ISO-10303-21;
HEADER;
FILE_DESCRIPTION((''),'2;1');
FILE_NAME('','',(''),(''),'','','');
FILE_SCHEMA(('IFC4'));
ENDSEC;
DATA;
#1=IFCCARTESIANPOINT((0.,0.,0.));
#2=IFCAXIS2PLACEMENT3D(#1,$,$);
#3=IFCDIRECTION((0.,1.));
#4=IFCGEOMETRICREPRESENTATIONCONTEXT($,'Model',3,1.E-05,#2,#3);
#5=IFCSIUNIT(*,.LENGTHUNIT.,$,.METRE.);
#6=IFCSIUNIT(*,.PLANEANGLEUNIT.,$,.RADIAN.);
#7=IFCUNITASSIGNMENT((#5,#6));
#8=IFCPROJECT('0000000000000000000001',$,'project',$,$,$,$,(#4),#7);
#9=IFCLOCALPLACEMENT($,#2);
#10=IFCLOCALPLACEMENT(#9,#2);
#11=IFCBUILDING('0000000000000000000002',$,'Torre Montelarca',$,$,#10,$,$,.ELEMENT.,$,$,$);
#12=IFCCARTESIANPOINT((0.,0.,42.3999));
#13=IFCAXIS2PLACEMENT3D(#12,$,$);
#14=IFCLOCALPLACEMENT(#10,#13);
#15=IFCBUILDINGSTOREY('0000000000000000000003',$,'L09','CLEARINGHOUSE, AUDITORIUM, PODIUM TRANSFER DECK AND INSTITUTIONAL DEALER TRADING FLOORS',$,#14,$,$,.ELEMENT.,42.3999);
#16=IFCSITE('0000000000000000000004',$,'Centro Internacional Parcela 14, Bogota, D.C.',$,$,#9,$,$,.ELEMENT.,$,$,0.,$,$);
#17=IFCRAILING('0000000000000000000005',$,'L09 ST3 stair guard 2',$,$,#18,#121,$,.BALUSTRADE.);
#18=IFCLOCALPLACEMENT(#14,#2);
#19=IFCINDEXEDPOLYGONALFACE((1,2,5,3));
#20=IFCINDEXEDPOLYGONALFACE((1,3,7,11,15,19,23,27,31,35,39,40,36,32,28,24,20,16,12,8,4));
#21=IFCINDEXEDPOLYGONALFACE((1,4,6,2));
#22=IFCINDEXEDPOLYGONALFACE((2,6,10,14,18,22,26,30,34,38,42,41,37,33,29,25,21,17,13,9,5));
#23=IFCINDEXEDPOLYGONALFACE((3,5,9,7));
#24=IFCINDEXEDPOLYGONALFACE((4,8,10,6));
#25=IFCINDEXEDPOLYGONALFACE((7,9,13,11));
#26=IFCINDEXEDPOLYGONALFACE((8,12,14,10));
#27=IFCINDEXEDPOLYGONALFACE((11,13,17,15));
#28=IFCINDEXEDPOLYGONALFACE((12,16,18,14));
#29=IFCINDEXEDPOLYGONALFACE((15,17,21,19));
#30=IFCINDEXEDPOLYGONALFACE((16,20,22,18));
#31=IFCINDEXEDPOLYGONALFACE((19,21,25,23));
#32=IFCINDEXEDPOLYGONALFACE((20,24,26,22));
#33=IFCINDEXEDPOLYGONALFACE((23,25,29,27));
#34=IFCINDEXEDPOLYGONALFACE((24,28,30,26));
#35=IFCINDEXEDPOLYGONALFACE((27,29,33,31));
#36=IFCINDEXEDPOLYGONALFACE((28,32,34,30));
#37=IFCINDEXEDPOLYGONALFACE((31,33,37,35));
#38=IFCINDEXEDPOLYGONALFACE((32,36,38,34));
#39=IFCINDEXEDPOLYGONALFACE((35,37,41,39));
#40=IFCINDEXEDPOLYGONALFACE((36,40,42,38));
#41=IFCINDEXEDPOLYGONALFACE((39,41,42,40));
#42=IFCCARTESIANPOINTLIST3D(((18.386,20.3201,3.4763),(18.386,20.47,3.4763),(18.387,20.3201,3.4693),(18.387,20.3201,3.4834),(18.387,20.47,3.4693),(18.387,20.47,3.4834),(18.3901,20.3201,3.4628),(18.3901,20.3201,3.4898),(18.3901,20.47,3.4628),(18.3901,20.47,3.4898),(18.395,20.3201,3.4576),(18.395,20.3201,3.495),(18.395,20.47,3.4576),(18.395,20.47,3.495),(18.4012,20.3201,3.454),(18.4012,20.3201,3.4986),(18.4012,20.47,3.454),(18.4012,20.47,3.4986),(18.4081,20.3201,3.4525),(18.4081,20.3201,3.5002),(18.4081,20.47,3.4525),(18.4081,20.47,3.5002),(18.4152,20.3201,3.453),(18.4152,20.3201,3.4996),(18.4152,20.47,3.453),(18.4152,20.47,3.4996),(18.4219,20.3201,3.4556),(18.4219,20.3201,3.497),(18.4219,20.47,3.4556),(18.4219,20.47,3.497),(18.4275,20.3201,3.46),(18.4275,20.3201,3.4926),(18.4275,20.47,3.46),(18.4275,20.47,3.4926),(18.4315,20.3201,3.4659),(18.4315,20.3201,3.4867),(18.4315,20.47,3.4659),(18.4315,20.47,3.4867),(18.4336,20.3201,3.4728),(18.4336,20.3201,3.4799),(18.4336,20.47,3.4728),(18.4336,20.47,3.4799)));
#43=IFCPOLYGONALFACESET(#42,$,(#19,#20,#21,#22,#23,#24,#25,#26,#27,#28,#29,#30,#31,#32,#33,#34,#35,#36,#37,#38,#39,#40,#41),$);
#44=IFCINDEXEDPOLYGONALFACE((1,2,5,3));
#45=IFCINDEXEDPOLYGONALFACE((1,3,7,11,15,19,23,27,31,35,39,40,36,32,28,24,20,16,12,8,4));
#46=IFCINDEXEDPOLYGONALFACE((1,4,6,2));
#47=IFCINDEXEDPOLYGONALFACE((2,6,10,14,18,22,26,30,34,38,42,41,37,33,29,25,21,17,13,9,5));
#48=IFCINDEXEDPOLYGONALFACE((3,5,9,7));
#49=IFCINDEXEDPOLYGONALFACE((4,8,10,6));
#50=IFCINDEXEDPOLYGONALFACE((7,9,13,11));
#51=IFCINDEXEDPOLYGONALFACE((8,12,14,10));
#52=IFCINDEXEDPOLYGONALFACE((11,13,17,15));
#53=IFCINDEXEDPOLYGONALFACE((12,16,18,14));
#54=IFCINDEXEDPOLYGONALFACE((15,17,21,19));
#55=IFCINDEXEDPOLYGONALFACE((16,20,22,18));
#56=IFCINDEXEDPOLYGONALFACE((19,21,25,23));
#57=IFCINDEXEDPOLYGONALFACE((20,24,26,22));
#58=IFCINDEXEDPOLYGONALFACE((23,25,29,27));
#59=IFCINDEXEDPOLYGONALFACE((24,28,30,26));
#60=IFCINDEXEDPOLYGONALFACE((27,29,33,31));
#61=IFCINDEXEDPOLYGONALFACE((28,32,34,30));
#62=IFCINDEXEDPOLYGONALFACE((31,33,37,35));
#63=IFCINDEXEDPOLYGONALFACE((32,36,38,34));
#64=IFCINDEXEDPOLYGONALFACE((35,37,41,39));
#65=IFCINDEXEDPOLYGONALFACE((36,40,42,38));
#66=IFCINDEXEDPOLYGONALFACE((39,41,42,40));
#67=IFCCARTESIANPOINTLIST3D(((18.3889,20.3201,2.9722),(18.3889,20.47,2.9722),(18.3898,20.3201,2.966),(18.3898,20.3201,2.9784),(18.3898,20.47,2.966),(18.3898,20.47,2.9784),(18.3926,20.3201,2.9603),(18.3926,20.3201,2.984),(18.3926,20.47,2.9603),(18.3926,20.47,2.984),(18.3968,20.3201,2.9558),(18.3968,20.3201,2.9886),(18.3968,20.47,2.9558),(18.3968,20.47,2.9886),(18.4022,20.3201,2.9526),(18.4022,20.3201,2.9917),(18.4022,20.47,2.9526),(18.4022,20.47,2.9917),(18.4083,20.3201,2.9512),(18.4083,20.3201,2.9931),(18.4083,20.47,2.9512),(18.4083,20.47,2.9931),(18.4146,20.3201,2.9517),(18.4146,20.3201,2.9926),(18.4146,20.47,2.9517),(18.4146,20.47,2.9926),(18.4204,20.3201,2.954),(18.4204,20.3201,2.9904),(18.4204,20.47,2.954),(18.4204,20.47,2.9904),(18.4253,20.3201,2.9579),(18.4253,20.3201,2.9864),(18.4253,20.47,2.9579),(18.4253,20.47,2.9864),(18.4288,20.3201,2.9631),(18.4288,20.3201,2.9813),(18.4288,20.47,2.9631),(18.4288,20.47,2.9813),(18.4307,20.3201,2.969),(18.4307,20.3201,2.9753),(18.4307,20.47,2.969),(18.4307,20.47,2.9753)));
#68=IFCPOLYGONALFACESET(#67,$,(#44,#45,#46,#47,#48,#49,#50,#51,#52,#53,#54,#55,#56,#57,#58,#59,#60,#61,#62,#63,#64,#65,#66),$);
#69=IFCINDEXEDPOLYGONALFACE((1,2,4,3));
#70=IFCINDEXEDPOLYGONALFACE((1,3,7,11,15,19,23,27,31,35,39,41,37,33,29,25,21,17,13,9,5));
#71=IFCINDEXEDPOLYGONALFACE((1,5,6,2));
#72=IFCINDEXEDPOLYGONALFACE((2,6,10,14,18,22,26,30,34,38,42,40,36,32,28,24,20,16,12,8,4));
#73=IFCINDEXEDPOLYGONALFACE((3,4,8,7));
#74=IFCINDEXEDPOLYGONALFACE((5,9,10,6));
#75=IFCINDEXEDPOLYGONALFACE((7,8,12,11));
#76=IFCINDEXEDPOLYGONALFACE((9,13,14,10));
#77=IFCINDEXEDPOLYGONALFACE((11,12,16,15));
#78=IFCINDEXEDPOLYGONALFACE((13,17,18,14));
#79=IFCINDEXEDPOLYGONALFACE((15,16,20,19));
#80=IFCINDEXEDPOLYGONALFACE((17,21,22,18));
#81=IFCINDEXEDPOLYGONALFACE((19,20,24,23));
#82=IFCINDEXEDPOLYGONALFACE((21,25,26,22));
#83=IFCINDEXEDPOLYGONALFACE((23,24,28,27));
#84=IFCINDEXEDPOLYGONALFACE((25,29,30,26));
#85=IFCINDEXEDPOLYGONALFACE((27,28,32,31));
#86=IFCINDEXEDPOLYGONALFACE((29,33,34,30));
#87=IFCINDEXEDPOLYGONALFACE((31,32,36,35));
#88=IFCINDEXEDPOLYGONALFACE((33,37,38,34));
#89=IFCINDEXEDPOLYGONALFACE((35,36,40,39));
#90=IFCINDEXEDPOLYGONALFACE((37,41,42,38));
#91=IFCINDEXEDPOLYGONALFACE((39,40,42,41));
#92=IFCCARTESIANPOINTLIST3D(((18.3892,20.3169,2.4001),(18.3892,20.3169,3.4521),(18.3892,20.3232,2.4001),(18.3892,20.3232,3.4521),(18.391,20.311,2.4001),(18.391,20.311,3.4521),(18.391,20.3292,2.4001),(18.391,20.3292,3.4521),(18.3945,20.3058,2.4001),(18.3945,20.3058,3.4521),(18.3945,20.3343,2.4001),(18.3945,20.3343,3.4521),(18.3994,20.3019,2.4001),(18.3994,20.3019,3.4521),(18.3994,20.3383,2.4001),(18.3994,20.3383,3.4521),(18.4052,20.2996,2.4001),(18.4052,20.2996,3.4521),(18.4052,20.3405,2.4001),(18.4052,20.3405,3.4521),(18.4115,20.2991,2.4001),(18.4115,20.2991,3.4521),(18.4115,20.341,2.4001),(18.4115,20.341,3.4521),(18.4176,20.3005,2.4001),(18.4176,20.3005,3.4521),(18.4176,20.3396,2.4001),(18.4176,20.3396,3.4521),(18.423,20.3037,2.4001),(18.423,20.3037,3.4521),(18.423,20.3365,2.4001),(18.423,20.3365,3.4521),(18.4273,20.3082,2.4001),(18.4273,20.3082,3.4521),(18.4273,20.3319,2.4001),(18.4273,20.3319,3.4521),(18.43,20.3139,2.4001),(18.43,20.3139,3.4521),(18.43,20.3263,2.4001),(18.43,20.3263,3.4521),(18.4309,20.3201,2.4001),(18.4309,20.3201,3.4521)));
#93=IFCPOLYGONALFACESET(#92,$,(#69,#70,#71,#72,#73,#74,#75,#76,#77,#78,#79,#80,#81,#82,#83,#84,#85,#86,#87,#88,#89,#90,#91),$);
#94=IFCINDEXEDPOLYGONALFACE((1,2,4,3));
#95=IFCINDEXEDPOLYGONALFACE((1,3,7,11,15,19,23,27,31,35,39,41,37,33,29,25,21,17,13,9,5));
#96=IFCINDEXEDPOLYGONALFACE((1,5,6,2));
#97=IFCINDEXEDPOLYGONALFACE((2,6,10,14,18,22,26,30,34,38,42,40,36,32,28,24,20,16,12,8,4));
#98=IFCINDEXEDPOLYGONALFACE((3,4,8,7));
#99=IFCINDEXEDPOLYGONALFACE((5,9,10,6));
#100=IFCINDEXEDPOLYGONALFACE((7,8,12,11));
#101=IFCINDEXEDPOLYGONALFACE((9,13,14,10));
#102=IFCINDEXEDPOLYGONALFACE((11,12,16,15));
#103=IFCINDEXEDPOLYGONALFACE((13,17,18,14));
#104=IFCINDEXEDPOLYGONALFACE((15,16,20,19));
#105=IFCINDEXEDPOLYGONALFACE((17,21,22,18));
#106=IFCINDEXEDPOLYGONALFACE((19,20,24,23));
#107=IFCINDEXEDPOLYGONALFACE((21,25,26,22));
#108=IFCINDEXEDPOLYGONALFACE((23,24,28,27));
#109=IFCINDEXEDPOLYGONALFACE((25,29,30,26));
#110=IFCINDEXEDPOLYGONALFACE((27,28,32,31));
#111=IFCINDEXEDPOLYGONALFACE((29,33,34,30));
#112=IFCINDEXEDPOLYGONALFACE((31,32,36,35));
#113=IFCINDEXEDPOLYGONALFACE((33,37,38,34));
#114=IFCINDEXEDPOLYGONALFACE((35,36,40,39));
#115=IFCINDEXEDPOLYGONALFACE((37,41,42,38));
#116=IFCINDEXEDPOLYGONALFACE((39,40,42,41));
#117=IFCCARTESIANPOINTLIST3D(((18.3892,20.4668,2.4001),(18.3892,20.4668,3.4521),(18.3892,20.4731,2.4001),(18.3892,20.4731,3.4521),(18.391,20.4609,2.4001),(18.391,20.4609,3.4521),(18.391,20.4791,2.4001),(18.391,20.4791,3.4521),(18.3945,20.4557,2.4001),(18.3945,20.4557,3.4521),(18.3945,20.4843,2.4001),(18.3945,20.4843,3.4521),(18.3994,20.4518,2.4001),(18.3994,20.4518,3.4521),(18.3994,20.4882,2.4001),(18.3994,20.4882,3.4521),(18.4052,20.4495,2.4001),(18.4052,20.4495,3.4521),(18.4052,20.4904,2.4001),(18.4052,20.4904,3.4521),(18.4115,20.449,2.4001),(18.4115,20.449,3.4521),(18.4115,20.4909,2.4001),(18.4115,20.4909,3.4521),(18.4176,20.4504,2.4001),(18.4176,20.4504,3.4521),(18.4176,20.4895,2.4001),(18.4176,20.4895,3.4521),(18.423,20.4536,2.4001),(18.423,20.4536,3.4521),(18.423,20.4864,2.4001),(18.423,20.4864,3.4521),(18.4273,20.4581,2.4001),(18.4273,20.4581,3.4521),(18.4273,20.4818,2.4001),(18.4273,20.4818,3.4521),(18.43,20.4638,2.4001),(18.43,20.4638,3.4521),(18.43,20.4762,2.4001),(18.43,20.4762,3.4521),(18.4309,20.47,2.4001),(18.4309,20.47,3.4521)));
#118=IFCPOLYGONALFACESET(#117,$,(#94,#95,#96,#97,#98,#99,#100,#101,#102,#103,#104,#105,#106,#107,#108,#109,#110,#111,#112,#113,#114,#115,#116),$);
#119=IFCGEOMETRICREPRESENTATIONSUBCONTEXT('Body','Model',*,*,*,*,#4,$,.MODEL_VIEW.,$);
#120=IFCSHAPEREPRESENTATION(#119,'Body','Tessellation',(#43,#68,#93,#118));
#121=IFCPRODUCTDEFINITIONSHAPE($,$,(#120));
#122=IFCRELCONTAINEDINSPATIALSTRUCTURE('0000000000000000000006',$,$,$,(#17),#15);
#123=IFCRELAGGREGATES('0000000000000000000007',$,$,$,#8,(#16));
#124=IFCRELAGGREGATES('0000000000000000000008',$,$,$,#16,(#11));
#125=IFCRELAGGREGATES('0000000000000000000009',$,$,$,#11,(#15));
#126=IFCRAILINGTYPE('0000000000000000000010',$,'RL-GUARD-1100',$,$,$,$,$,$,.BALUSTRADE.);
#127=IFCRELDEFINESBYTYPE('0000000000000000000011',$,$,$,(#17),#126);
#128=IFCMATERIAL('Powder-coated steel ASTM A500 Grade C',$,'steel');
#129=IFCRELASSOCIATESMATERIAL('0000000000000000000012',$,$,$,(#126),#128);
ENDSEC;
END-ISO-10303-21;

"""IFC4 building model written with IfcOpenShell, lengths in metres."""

from ifc_helpers import new_model, si_unit, direction, frame, origin, origin_2d, place, context, subcontext, project, spatial, circle, extrude, material, type_object, element, save


model = new_model("IFC4")

# Units and contexts
model_context = context("Model", 3, precision=1e-05, world=origin(), true_north=direction((0.0, 1.0)))
body_context = subcontext(model_context, "Body", "Model", "MODEL_VIEW")
ifc_project = project(units=[si_unit("LENGTHUNIT", "METRE"), si_unit("PLANEANGLEUNIT", "RADIAN")], contexts=[model_context])

# Site, building, storey
site_placement = place(None, origin())
site = spatial("IfcSite", under=ifc_project, at=site_placement, Name="Centro Internacional Parcela 14, Bogota, D.C.", CompositionType="ELEMENT", RefElevation=0.0)
building_placement = place(site_placement, origin())
building = spatial("IfcBuilding", under=site, at=building_placement, Name="Torre Montelarca", CompositionType="ELEMENT")
storey_placement = place(building_placement, frame((0.0, 0.0, 42.3999)))
storey = spatial("IfcBuildingStorey", under=building, at=storey_placement, Name="L09", Description="CLEARINGHOUSE, AUDITORIUM, PODIUM TRANSFER DECK AND INSTITUTIONAL DEALER TRADING FLOORS", CompositionType="ELEMENT", Elevation=42.3999)

# Railing
ifc_material_1 = material(Name="Powder-coated steel ASTM A500 Grade C", Category="steel")
railing_type_1 = type_object("IfcRailingType", Name="RL-GUARD-1100", PredefinedType="BALUSTRADE", material=ifc_material_1)
railing_1_placement = place(storey_placement, frame((18.4099, 20.3201, 2.4001)))
element("IfcRailing", 1, at=railing_1_placement, inside=storey, type_object=railing_type_1, Name="L09 ST3 stair guard 2", PredefinedType="BALUSTRADE", context=body_context, shape_type="SweptSolid", body=[
    extrude(circle(Radius=0.0239, at=origin_2d()), frame((0.0, 0.0, 1.0762), z_axis=(0.0, 1.0, 0.0), x_axis=(-1.0, 0.0, 0.0)), (0.0, 0.0, 1.0), 0.1499),
    extrude(circle(Radius=0.021, at=origin_2d()), frame((0.0, 0.0, 0.572), z_axis=(0.0, 1.0, 0.0), x_axis=(-1.0, 0.0, 0.0)), (0.0, 0.0, 1.0), 0.1499),
    extrude(circle(Radius=0.021, at=origin_2d()), origin(), (0.0, 0.0, 1.0), 1.052),
    extrude(circle(Radius=0.021, at=origin_2d()), frame((0.0, 0.1499, 0.0)), (0.0, 0.0, 1.0), 1.052),
])

save(model, "model.ifc")
